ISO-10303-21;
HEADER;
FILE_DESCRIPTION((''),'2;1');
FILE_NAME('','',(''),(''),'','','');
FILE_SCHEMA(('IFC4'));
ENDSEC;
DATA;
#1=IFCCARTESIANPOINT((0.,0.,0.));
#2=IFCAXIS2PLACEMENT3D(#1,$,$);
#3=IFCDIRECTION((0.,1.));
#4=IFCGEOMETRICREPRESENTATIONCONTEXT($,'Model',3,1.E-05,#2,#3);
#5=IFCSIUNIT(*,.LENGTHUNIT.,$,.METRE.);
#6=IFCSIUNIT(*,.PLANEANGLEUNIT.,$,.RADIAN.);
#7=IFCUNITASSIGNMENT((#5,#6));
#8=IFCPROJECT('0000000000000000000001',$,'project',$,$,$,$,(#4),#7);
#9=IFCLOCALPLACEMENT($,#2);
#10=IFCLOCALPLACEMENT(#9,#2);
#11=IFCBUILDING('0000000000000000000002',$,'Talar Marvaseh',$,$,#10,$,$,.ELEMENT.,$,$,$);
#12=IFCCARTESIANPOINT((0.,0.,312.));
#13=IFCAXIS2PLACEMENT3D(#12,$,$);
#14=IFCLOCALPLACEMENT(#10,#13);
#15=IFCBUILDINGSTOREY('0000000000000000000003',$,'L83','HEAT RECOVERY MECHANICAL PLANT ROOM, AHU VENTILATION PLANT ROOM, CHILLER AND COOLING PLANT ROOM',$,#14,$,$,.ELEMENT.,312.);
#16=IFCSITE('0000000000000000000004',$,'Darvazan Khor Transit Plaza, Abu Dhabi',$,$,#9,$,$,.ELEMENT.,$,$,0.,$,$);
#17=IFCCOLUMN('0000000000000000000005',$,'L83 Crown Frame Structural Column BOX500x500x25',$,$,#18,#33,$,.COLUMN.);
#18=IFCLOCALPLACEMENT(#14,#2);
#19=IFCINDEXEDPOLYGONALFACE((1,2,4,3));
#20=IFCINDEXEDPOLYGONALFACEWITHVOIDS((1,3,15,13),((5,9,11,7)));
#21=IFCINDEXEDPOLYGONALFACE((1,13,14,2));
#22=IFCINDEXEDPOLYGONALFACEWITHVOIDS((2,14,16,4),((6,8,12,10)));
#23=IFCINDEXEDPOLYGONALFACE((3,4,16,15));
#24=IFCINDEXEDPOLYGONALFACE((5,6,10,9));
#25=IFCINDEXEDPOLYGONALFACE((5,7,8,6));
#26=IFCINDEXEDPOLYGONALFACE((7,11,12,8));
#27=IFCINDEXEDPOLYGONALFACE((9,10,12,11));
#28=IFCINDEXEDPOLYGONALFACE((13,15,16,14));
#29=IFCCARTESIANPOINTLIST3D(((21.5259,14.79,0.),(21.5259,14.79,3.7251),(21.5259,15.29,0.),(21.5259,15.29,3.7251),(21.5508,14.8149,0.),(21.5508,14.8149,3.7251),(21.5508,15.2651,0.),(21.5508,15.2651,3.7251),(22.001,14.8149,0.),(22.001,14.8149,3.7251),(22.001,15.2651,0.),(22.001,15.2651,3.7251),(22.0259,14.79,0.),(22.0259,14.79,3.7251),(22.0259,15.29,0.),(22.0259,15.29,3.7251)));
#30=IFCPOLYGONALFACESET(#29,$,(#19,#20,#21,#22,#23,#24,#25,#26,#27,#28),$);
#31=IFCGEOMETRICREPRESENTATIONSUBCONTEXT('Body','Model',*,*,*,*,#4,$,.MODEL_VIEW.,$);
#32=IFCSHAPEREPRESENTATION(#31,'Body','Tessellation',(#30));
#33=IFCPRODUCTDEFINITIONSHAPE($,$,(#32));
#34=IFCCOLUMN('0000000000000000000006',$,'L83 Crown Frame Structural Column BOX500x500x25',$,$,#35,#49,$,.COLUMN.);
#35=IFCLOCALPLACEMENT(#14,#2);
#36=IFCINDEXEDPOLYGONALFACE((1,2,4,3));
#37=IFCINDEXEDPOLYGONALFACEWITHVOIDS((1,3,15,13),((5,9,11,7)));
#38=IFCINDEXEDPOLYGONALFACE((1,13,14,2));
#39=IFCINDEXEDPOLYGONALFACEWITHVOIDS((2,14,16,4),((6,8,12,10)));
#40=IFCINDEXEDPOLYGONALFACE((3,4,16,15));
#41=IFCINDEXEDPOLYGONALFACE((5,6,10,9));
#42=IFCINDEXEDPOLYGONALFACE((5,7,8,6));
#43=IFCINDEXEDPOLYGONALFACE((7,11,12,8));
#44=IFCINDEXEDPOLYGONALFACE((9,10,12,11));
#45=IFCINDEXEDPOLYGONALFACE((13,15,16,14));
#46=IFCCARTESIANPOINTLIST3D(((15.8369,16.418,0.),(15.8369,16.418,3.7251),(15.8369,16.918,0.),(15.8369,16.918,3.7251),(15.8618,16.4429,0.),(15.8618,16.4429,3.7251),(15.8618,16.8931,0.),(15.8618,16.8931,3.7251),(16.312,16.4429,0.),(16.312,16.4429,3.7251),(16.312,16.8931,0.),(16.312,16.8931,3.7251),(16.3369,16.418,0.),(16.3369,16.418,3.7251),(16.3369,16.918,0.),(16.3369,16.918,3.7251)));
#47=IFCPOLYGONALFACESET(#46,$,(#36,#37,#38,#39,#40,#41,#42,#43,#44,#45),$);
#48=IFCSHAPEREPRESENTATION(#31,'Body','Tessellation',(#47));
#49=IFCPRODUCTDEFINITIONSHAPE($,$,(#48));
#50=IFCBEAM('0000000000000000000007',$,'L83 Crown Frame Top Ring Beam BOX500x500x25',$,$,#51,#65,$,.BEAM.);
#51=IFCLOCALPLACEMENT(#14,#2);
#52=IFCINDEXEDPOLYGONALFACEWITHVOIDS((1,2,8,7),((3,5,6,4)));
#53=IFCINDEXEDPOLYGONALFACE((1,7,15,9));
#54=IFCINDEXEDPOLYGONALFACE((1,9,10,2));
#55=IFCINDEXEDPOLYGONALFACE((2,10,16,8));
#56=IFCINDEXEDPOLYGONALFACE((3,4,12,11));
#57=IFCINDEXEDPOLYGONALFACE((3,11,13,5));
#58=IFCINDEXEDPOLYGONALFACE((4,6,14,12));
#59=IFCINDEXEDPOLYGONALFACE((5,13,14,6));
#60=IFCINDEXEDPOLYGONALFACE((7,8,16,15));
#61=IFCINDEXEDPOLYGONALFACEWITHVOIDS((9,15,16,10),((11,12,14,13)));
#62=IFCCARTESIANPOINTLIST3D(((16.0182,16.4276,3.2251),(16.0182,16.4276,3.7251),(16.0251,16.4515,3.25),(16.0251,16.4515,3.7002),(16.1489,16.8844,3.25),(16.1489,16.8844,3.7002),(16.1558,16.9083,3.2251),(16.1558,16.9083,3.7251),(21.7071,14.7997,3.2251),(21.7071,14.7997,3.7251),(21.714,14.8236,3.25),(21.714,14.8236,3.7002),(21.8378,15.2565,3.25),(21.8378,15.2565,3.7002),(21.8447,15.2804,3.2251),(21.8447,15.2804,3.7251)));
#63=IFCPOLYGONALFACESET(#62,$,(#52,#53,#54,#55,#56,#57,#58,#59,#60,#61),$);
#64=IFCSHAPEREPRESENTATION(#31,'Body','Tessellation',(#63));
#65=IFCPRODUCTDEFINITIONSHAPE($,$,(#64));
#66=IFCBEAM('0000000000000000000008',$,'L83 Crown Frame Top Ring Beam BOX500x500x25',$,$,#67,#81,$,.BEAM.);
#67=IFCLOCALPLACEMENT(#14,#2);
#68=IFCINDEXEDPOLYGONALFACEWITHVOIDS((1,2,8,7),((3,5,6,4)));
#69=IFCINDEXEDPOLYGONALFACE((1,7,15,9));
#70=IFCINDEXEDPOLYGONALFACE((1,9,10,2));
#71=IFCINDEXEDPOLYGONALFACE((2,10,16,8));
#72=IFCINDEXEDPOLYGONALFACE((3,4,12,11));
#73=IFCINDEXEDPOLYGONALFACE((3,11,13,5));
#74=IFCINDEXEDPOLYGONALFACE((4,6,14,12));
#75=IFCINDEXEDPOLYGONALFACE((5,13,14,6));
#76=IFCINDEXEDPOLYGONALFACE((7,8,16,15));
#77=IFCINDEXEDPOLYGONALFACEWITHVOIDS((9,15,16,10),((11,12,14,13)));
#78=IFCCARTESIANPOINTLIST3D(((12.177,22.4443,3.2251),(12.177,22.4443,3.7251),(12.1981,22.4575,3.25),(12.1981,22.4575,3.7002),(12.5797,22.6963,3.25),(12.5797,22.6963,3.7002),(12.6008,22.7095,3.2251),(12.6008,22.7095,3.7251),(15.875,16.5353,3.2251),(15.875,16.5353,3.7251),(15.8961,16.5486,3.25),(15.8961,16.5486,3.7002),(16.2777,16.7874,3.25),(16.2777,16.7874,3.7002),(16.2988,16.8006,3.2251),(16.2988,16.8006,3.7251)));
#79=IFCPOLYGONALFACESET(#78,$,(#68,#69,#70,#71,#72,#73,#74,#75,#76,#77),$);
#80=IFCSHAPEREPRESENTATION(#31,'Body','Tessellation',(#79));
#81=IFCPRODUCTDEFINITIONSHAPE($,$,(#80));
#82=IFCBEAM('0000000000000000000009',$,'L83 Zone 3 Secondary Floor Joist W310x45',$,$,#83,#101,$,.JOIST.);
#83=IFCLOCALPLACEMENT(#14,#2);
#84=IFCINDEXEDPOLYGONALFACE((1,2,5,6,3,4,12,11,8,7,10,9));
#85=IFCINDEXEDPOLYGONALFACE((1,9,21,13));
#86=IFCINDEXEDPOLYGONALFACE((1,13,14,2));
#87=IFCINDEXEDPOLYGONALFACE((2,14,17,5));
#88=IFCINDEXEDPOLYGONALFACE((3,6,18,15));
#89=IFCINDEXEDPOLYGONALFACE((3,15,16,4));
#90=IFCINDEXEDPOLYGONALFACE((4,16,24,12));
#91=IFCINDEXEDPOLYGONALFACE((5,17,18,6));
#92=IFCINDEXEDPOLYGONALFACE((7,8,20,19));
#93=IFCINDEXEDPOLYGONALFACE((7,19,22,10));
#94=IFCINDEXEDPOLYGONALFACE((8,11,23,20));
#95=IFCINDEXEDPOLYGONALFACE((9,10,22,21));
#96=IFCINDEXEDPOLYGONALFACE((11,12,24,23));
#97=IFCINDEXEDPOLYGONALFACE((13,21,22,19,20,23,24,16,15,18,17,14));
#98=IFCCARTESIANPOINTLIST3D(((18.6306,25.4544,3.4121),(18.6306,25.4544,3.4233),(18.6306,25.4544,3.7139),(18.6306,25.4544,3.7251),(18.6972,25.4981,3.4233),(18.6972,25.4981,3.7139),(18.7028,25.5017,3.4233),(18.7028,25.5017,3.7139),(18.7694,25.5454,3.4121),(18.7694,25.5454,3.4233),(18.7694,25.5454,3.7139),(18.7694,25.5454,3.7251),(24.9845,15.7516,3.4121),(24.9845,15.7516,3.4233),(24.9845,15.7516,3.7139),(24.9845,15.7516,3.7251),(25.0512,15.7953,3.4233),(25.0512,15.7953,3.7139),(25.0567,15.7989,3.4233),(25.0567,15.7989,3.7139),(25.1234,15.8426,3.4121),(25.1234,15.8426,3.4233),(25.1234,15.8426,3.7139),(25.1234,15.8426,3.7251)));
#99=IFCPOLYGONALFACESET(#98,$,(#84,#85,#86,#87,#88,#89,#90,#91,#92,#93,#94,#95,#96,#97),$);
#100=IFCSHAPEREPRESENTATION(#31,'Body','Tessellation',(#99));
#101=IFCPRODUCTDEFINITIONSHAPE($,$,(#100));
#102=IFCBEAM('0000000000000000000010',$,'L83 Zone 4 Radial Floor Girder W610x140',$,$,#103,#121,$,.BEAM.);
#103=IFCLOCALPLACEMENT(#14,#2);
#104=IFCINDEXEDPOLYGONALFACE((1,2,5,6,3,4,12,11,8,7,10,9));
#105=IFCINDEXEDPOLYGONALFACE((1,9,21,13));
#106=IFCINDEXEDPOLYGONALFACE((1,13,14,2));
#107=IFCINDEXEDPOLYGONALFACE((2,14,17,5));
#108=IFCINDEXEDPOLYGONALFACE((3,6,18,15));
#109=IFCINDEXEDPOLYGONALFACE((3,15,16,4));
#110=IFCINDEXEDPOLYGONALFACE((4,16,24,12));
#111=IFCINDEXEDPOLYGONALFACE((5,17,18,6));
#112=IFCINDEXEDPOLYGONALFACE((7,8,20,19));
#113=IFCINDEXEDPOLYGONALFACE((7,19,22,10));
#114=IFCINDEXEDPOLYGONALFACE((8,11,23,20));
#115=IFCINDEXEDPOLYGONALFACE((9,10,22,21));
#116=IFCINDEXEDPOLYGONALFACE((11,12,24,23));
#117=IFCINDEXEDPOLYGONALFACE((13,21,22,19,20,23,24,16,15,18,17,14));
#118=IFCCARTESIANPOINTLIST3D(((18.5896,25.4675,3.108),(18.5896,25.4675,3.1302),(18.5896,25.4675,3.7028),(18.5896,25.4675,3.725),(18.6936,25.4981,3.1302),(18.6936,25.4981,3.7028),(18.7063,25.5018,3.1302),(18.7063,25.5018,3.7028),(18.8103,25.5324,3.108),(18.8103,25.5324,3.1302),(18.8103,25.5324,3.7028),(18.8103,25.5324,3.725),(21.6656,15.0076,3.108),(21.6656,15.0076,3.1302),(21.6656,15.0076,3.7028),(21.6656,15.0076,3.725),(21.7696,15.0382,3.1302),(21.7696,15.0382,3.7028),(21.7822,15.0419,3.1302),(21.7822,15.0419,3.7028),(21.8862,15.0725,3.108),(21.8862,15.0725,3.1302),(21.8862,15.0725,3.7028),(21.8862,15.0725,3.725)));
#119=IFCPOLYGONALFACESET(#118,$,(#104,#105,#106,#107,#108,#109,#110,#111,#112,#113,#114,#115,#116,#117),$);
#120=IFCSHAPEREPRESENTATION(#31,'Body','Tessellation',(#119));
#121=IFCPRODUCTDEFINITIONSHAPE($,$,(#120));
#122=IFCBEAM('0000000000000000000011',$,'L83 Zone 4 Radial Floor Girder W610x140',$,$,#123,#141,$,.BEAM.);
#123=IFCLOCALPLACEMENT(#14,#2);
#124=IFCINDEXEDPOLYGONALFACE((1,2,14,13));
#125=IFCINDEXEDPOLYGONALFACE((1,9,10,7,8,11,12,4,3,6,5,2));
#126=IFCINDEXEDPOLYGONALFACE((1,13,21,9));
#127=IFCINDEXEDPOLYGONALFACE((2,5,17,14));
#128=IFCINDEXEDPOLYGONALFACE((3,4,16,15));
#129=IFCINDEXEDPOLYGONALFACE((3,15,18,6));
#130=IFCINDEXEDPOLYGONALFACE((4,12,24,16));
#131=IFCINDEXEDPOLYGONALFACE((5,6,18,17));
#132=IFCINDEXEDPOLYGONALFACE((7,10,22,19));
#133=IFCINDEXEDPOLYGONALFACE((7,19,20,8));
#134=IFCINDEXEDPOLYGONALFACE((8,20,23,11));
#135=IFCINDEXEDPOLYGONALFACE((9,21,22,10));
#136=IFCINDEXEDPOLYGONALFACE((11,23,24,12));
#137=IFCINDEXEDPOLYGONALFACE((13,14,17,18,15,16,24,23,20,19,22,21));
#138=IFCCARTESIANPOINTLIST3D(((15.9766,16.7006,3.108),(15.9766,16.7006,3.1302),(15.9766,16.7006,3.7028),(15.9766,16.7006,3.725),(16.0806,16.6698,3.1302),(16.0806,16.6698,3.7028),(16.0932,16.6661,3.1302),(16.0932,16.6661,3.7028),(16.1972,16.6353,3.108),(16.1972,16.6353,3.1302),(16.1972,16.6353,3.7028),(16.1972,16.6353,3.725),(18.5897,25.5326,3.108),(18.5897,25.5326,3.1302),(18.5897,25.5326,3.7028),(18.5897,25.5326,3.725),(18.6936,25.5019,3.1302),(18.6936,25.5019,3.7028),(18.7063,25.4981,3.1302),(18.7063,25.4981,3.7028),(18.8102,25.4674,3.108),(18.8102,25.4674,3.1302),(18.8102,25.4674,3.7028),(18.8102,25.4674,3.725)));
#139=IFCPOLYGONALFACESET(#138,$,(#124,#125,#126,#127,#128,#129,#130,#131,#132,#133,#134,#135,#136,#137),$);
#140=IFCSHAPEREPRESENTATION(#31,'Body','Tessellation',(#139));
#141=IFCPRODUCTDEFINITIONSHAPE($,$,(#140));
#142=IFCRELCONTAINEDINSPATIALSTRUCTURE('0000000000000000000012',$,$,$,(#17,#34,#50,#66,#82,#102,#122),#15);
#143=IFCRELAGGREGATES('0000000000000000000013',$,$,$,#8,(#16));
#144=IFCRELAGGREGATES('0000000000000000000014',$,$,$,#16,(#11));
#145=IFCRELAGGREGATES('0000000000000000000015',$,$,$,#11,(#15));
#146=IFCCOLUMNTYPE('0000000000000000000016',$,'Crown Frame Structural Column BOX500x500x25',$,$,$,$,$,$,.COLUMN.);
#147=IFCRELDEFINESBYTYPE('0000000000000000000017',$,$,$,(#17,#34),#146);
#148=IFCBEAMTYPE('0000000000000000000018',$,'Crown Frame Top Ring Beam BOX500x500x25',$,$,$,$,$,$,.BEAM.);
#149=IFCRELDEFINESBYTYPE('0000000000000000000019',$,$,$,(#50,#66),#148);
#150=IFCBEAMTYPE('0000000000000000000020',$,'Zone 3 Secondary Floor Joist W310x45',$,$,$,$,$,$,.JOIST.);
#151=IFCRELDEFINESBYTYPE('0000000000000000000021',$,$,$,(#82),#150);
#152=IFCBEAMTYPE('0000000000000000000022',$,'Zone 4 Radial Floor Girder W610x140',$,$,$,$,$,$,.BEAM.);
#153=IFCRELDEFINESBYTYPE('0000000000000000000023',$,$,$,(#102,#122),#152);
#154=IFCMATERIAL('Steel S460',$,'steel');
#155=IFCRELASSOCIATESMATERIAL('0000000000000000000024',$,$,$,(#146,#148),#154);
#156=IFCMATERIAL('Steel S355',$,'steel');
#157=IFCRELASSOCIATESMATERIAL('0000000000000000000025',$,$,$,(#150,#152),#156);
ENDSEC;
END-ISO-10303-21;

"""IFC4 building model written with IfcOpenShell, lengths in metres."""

from ifc_helpers import new_model, si_unit, direction, frame, origin, origin_2d, place, context, subcontext, project, spatial, hollow_rectangle, i_section, extrude, material, material_profile, profile_set, type_object, element, save


model = new_model("IFC4")

# Units and contexts
model_context = context("Model", 3, precision=1e-05, world=origin(), true_north=direction((0.0, 1.0)))
body_context = subcontext(model_context, "Body", "Model", "MODEL_VIEW")
ifc_project = project(units=[si_unit("LENGTHUNIT", "METRE"), si_unit("PLANEANGLEUNIT", "RADIAN")], contexts=[model_context])

# Site, building, storey
site_placement = place(None, origin())
site = spatial("IfcSite", under=ifc_project, at=site_placement, Name="Darvazan Khor Transit Plaza, Abu Dhabi", CompositionType="ELEMENT", RefElevation=0.0)
building_placement = place(site_placement, origin())
building = spatial("IfcBuilding", under=site, at=building_placement, Name="Talar Marvaseh", CompositionType="ELEMENT")
storey_placement = place(building_placement, frame((0.0, 0.0, 312.0)))
storey = spatial("IfcBuildingStorey", under=building, at=storey_placement, Name="L83", Description="HEAT RECOVERY MECHANICAL PLANT ROOM, AHU VENTILATION PLANT ROOM, CHILLER AND COOLING PLANT ROOM", CompositionType="ELEMENT", Elevation=312.0)

# Columns
ifc_material_1 = material(Name="Steel S460", Category="steel")
ifc_material_profile_1 = material_profile(ifc_material_1, hollow_rectangle(XDim=0.5, YDim=0.5, WallThickness=0.0249, at=origin_2d()), Name="BOX500x500x25")
ifc_profile_set_1 = profile_set([ifc_material_profile_1], Name="Steel S460")
column_type = type_object("IfcColumnType", Name="Crown Frame Structural Column BOX500x500x25", PredefinedType="COLUMN", material=ifc_profile_set_1)
for number, where, z_axis, x_axis, name in (
    (1, (21.7759, 15.04, 0.0), (0.0, 0.0, 1.0), (1.0, 0.0, 0.0), "L83 Crown Frame Structural Column BOX500x500x25"),
    (2, (16.0869, 16.668, 0.0), (0.0, 0.0, 1.0), (1.0, 0.0, 0.0), "L83 Crown Frame Structural Column BOX500x500x25"),
):
    element("IfcColumn", number, at=place(storey_placement, frame(where, z_axis=z_axis, x_axis=x_axis)), inside=storey, type_object=column_type, Name=name, PredefinedType="COLUMN", context=body_context, shape_type="SweptSolid", body=[
        extrude(hollow_rectangle(XDim=0.5, YDim=0.5, WallThickness=0.0249, at=origin_2d()), origin(), (0.0, 0.0, 1.0), 3.7251),
    ])

# Beams
ifc_material_profile_2 = material_profile(ifc_material_1, hollow_rectangle(XDim=0.5, YDim=0.5, WallThickness=0.0249, at=origin_2d()), Name="BOX500x500x25")
ifc_profile_set_2 = profile_set([ifc_material_profile_2], Name="Steel S460")
beam_type_1 = type_object("IfcBeamType", Name="Crown Frame Top Ring Beam BOX500x500x25", PredefinedType="BEAM", material=ifc_profile_set_2)
beam_1_placement = place(storey_placement, frame((21.7759, 15.04, 3.4751), z_axis=(-0.961412, 0.275113, 0.0), x_axis=(-0.275113, -0.961412, 0.0)))
element("IfcBeam", 3, at=beam_1_placement, inside=storey, type_object=beam_type_1, Name="L83 Crown Frame Top Ring Beam BOX500x500x25", PredefinedType="BEAM", context=body_context, shape_type="SweptSolid", body=[
    extrude(hollow_rectangle(XDim=0.5, YDim=0.5, WallThickness=0.0249, at=origin_2d()), origin(), (0.0, 0.0, 1.0), 5.9172),
])
beam_2_placement = place(storey_placement, frame((16.0869, 16.668, 3.4751), z_axis=(-0.530506, 0.847681, 0.0), x_axis=(-0.847681, -0.530506, 0.0)))
element("IfcBeam", 4, at=beam_2_placement, inside=storey, type_object=beam_type_1, Name="L83 Crown Frame Top Ring Beam BOX500x500x25", PredefinedType="BEAM", context=body_context, shape_type="SweptSolid", body=[
    extrude(hollow_rectangle(XDim=0.5, YDim=0.5, WallThickness=0.0249, at=origin_2d()), origin(), (0.0, 0.0, 1.0), 6.9707),
])
ifc_material_2 = material(Name="Steel S355", Category="steel")
ifc_material_profile_3 = material_profile(ifc_material_2, i_section(OverallWidth=0.166, OverallDepth=0.313, WebThickness=0.0066, FlangeThickness=0.0112, at=origin_2d()), Name="W310x45")
ifc_profile_set_3 = profile_set([ifc_material_profile_3], Name="Steel S355")
beam_type_2 = type_object("IfcBeamType", Name="Zone 3 Secondary Floor Joist W310x45", PredefinedType="JOIST", material=ifc_profile_set_3)
beam_3_placement = place(storey_placement, frame((25.054, 15.7971, 3.5686), z_axis=(-0.547842, 0.836582, 0.0), x_axis=(-0.836582, -0.547842, 0.0)))
element("IfcBeam", 5, at=beam_3_placement, inside=storey, type_object=beam_type_2, Name="L83 Zone 3 Secondary Floor Joist W310x45", PredefinedType="JOIST", context=body_context, shape_type="SweptSolid", body=[
    extrude(i_section(OverallWidth=0.166, OverallDepth=0.313, WebThickness=0.0066, FlangeThickness=0.0112, at=origin_2d()), origin(), (0.0, 0.0, 1.0), 11.5981),
])
ifc_material_profile_4 = material_profile(ifc_material_2, i_section(OverallWidth=0.23, OverallDepth=0.6169, WebThickness=0.0132, FlangeThickness=0.0222, at=origin_2d()), Name="W610x140")
ifc_profile_set_4 = profile_set([ifc_material_profile_4], Name="Steel S355")
beam_type_3 = type_object("IfcBeamType", Name="Zone 4 Radial Floor Girder W610x140", PredefinedType="BEAM", material=ifc_profile_set_4)
beam_4_placement = place(storey_placement, frame((21.7759, 15.04, 3.4165), z_axis=(-0.282121, 0.959379, 0.0), x_axis=(-0.959379, -0.282121, 0.0)))
element("IfcBeam", 6, at=beam_4_placement, inside=storey, type_object=beam_type_3, Name="L83 Zone 4 Radial Floor Girder W610x140", PredefinedType="BEAM", context=body_context, shape_type="SweptSolid", body=[
    extrude(i_section(OverallWidth=0.23, OverallDepth=0.6169, WebThickness=0.0132, FlangeThickness=0.0222, at=origin_2d()), origin(), (0.0, 0.0, 1.0), 10.9028),
])
beam_5_placement = place(storey_placement, frame((16.0869, 16.668, 3.4165), z_axis=(0.283703, 0.958912, 0.0), x_axis=(-0.958912, 0.283703, 0.0)))
element("IfcBeam", 7, at=beam_5_placement, inside=storey, type_object=beam_type_3, Name="L83 Zone 4 Radial Floor Girder W610x140", PredefinedType="BEAM", context=body_context, shape_type="SweptSolid", body=[
    extrude(i_section(OverallWidth=0.23, OverallDepth=0.6169, WebThickness=0.0132, FlangeThickness=0.0222, at=origin_2d()), origin(), (0.0, 0.0, 1.0), 9.2104),
])

save(model, "model.ifc")
